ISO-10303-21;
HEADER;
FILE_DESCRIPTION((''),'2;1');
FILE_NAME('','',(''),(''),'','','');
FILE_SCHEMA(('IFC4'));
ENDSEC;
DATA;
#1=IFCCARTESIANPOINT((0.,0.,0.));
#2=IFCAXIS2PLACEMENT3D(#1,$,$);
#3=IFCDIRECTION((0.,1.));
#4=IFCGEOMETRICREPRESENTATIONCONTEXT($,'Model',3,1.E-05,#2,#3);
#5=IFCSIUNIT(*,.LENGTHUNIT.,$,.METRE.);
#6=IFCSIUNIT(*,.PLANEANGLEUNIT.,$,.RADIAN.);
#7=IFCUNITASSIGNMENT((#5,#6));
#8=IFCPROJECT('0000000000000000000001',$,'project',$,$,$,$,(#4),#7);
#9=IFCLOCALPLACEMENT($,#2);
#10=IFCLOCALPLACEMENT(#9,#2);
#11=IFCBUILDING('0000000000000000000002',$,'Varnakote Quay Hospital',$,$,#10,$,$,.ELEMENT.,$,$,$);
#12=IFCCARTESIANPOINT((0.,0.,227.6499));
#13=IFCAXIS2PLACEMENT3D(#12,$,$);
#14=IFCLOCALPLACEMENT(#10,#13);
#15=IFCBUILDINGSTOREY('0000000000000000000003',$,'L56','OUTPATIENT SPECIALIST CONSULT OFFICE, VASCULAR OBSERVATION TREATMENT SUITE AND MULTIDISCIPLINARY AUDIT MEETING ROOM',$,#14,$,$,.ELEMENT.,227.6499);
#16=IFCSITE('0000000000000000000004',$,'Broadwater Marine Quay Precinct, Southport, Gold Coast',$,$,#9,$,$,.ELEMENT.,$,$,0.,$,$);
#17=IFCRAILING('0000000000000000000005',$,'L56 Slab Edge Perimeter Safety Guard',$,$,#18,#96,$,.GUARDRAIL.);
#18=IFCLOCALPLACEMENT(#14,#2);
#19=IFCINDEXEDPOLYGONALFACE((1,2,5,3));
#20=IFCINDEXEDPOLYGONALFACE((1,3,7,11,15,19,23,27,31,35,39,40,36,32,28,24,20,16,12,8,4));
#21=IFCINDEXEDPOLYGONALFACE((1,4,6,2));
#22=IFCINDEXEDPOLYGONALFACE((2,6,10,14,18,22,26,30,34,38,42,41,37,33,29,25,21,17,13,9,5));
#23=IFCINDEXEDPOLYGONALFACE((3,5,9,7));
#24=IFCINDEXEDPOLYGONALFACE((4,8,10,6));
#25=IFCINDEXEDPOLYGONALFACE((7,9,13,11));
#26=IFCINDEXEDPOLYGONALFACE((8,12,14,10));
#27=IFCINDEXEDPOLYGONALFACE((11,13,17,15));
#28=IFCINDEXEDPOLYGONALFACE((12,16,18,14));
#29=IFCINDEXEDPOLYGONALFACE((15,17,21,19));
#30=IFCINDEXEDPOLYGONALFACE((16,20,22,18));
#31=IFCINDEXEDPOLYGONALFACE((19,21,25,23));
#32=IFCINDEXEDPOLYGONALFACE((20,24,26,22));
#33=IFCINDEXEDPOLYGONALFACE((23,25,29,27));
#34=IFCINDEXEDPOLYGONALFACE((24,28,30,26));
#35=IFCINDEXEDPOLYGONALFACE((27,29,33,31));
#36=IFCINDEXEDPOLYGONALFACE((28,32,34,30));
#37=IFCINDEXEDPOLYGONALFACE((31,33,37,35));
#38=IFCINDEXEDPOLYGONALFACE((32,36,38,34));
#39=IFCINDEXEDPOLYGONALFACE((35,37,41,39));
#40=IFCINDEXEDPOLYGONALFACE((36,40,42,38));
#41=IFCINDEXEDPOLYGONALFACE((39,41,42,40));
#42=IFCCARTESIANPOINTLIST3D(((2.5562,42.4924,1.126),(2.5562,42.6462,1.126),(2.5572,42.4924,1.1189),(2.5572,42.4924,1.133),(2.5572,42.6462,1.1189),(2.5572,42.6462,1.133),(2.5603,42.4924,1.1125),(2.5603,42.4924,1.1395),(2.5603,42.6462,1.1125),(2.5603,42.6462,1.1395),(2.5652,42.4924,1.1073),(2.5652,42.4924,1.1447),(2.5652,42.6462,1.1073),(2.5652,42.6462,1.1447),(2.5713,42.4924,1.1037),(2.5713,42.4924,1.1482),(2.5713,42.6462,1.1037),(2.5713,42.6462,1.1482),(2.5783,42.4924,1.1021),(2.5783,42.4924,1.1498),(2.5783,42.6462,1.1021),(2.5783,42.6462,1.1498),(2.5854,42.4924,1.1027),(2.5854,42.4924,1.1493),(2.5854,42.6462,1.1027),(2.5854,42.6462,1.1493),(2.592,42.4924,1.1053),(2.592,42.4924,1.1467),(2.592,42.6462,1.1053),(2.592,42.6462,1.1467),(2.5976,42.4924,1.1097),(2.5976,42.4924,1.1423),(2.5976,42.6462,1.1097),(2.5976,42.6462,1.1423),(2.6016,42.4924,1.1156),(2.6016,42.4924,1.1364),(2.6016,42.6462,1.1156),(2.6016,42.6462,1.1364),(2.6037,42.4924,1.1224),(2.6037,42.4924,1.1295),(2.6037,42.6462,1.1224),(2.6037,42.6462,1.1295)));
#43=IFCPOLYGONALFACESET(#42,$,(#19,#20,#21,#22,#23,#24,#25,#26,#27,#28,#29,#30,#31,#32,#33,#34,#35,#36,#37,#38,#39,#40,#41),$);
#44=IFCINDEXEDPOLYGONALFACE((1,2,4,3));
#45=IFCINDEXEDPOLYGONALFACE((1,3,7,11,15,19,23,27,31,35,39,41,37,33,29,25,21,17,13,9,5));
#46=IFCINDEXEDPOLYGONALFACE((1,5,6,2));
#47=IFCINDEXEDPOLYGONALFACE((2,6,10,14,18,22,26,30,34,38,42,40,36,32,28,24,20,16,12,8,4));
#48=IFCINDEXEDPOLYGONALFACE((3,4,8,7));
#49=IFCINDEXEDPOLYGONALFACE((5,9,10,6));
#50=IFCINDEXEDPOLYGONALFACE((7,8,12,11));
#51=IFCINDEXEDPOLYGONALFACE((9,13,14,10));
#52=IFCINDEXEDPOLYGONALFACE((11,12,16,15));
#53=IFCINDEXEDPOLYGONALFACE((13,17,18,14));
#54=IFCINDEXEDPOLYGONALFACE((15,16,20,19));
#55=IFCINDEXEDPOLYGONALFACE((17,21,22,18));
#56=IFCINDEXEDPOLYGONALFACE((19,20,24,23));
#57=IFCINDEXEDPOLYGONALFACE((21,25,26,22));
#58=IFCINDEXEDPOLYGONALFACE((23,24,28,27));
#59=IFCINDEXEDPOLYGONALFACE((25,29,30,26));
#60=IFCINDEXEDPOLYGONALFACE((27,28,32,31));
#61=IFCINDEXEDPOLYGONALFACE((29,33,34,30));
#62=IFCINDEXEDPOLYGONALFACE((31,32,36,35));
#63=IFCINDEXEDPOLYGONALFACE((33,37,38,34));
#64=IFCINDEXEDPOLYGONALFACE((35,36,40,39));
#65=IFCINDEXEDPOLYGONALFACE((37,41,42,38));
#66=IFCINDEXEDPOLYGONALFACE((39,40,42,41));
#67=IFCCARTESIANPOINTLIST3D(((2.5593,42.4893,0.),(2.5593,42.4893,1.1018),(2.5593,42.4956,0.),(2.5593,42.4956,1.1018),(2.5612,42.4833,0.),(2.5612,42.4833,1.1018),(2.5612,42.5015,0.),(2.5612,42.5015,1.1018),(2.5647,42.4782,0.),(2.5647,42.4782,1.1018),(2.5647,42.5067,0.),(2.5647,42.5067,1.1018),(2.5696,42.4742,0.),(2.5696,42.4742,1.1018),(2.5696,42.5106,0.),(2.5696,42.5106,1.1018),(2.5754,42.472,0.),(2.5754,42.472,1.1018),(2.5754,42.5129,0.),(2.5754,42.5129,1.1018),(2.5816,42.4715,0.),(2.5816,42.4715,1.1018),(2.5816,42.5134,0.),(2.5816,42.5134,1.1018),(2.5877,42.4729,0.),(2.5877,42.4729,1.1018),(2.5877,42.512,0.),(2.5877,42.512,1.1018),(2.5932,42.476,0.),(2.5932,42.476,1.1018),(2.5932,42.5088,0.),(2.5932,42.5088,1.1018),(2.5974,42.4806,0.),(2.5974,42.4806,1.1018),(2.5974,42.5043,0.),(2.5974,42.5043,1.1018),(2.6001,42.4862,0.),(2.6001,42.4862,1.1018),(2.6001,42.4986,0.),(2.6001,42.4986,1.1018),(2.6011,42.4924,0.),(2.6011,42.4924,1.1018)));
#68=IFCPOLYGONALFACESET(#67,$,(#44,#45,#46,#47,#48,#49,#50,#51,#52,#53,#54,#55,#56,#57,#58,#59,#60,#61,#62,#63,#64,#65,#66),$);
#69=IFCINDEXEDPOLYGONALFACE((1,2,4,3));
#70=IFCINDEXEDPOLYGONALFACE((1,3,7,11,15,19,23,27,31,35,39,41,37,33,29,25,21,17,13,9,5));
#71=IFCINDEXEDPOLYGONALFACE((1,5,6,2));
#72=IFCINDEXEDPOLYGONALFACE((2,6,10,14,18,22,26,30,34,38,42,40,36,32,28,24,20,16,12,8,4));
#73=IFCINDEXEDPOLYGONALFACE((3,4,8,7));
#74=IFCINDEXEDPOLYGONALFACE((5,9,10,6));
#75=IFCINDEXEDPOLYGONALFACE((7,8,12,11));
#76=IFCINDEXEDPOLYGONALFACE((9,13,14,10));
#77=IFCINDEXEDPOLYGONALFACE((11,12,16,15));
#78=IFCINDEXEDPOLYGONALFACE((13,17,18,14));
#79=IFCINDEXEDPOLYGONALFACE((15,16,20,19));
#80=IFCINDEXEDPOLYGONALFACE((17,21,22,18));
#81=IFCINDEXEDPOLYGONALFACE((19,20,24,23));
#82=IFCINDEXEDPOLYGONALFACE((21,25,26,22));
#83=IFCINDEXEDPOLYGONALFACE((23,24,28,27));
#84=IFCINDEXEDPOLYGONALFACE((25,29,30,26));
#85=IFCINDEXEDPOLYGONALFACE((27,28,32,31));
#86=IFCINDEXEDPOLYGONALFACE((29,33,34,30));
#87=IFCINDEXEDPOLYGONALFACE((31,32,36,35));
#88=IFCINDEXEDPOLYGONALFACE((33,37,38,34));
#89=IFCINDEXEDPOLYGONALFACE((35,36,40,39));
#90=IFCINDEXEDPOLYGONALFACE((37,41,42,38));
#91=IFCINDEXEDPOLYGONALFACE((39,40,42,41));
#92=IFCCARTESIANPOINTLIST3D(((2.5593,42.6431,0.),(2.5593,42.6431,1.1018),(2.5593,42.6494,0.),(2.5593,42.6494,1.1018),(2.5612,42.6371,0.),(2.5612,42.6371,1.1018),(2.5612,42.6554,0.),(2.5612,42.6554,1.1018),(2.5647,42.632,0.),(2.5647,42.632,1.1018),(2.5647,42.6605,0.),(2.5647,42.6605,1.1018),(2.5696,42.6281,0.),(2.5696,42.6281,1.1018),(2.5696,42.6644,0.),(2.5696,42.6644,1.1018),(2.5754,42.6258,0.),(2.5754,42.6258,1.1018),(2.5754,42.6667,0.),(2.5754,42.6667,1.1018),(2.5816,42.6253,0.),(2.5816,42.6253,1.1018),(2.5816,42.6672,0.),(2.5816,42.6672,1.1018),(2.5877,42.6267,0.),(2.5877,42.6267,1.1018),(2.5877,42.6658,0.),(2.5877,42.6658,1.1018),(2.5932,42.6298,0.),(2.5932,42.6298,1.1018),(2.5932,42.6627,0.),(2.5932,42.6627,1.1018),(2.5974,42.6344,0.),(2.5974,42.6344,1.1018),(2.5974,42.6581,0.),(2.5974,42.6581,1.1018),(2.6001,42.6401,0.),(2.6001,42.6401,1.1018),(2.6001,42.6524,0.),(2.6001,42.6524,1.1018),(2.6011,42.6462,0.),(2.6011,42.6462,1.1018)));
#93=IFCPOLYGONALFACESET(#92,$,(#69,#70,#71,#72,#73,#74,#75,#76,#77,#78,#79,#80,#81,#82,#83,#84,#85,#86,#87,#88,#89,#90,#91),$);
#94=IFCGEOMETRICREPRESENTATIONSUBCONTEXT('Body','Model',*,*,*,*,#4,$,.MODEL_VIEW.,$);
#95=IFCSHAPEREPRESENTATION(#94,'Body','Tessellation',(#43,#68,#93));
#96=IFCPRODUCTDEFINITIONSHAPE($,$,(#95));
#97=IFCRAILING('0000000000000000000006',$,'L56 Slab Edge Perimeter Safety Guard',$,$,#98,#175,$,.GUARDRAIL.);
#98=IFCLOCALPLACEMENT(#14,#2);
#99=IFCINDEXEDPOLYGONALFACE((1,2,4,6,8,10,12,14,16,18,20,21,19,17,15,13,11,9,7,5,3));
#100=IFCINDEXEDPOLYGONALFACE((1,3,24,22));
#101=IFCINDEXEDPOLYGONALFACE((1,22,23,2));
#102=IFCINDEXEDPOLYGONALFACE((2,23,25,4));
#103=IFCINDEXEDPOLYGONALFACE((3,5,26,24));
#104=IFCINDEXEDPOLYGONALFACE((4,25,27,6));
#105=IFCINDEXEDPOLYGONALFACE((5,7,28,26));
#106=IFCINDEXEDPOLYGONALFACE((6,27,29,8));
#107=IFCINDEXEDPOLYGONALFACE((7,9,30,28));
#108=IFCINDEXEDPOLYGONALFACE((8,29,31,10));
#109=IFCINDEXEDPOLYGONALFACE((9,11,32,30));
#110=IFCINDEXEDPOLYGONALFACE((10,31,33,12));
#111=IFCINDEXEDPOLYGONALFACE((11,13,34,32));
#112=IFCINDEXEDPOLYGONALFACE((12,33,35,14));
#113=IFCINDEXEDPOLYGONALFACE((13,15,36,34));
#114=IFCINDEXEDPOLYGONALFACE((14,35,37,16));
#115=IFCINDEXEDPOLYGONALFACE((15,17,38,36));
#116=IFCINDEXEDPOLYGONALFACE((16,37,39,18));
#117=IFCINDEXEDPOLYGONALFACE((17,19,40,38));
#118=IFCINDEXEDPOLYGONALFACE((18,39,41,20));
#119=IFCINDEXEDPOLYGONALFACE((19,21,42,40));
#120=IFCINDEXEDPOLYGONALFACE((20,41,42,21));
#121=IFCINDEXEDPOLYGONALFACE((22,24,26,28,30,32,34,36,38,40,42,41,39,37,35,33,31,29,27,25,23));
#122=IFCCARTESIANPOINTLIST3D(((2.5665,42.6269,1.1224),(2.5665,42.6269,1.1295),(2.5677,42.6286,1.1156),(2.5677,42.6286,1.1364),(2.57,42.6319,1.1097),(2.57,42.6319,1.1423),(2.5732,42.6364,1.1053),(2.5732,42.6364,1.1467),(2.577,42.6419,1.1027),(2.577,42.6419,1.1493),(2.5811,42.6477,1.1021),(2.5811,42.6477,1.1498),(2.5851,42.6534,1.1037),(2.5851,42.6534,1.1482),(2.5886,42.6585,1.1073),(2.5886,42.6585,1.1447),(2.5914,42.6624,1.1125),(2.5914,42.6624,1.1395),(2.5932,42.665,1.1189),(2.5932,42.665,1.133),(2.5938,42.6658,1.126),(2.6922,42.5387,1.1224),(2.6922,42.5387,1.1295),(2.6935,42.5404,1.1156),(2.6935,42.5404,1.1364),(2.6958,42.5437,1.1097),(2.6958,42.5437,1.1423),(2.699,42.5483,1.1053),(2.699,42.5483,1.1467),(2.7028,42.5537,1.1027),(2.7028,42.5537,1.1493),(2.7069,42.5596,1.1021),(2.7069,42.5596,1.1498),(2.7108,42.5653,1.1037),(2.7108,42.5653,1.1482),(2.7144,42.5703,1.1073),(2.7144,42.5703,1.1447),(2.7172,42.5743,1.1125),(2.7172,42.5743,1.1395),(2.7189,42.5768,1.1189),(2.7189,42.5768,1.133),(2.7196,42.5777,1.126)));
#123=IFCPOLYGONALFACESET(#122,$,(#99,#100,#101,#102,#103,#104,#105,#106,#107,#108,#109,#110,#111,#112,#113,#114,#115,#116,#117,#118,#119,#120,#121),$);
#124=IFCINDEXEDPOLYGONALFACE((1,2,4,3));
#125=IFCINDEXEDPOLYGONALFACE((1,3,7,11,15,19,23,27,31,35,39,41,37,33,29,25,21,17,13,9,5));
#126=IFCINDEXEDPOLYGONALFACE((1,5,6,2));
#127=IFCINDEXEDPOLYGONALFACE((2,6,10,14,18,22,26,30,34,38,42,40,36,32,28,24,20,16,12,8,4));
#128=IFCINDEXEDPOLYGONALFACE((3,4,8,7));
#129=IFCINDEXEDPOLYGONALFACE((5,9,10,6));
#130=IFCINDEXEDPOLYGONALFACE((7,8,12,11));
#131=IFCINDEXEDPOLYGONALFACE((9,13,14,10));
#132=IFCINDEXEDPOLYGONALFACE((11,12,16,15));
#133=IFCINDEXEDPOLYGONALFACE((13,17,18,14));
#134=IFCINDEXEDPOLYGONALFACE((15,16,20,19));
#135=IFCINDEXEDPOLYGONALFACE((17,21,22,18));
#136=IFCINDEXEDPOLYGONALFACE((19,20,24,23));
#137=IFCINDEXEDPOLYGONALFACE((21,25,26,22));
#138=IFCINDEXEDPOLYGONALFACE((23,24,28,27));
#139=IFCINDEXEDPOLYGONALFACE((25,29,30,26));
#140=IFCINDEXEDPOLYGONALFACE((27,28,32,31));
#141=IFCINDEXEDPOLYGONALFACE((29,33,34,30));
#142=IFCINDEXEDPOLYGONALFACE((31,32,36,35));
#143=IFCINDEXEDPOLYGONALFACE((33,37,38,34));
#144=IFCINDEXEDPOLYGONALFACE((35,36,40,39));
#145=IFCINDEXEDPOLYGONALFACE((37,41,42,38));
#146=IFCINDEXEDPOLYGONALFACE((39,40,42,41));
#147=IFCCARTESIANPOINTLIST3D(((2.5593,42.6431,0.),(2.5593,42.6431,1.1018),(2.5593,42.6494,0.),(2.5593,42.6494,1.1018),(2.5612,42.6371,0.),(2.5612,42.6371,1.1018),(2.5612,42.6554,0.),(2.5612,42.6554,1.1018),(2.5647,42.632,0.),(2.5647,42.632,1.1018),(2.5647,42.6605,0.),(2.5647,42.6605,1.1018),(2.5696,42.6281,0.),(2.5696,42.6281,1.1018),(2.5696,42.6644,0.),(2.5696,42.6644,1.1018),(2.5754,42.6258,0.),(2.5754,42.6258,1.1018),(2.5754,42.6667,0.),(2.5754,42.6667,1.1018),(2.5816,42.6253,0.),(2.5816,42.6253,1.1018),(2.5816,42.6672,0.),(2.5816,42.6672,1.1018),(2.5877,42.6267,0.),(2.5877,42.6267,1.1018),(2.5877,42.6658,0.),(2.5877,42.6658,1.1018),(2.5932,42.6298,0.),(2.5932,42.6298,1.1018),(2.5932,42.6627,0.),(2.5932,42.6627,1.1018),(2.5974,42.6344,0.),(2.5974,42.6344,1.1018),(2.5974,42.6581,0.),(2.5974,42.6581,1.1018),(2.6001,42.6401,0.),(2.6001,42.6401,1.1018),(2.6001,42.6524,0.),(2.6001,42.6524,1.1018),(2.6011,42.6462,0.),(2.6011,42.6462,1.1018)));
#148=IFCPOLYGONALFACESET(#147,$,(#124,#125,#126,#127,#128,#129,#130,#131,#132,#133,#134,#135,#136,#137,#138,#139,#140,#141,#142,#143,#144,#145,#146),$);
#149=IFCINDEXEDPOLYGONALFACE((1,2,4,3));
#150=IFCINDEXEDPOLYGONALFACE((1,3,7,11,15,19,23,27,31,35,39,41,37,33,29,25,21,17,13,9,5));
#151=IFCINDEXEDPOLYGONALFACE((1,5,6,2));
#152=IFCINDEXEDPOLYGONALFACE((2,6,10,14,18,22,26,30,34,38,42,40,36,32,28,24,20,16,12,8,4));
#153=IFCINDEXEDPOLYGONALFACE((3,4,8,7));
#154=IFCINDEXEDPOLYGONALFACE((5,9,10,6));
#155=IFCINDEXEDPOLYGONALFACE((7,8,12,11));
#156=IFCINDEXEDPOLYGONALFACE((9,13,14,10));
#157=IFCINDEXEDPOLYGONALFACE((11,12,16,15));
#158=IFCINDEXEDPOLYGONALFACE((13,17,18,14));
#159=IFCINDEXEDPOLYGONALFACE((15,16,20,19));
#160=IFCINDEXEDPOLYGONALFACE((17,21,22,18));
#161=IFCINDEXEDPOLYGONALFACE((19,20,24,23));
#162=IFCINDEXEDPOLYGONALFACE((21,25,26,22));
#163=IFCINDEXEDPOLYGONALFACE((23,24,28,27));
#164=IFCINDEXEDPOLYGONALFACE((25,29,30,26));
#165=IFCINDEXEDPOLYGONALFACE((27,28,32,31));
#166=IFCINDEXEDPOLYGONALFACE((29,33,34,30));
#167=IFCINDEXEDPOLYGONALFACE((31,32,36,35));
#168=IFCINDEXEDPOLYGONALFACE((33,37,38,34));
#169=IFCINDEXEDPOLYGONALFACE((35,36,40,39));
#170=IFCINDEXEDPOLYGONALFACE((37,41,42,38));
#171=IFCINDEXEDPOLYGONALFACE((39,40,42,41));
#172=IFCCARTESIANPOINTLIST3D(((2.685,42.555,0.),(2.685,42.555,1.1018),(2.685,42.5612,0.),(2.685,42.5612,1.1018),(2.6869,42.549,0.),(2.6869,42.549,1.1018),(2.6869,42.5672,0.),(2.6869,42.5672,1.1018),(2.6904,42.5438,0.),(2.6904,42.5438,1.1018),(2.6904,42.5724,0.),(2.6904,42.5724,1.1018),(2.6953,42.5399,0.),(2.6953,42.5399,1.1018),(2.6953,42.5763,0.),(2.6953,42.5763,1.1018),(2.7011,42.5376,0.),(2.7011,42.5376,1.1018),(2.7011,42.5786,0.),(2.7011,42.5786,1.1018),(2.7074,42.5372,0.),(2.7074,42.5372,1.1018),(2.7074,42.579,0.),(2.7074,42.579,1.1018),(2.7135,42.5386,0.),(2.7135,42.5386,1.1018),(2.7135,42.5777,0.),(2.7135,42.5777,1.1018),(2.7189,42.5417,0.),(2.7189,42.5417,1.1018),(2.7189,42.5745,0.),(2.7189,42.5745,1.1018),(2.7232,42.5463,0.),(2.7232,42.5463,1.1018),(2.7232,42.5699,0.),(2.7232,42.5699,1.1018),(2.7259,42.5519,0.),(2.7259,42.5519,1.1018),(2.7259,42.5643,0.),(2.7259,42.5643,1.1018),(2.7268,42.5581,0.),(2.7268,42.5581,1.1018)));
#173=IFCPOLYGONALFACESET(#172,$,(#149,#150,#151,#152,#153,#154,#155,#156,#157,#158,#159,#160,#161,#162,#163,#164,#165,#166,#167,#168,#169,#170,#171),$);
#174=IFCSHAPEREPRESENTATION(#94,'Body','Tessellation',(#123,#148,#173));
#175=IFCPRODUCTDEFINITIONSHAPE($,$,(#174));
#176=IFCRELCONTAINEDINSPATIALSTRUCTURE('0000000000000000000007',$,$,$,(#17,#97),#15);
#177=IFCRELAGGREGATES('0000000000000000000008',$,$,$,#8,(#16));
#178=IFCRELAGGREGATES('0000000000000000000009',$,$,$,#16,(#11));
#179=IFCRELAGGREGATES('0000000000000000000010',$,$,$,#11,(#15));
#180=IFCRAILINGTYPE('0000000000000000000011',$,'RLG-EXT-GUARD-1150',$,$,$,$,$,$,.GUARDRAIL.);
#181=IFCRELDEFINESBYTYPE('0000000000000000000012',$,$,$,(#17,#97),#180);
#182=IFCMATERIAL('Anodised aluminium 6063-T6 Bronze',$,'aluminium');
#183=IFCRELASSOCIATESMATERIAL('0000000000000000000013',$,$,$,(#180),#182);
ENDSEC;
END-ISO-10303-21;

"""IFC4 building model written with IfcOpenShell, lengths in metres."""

from ifc_helpers import new_model, si_unit, direction, frame, origin, origin_2d, place, context, subcontext, project, spatial, circle, extrude, material, type_object, element, save


model = new_model("IFC4")

# Units and contexts
model_context = context("Model", 3, precision=1e-05, world=origin(), true_north=direction((0.0, 1.0)))
body_context = subcontext(model_context, "Body", "Model", "MODEL_VIEW")
ifc_project = project(units=[si_unit("LENGTHUNIT", "METRE"), si_unit("PLANEANGLEUNIT", "RADIAN")], contexts=[model_context])

# Site, building, storey
site_placement = place(None, origin())
site = spatial("IfcSite", under=ifc_project, at=site_placement, Name="Broadwater Marine Quay Precinct, Southport, Gold Coast", CompositionType="ELEMENT", RefElevation=0.0)
building_placement = place(site_placement, origin())
building = spatial("IfcBuilding", under=site, at=building_placement, Name="Varnakote Quay Hospital", CompositionType="ELEMENT")
storey_placement = place(building_placement, frame((0.0, 0.0, 227.6499)))
storey = spatial("IfcBuildingStorey", under=building, at=storey_placement, Name="L56", Description="OUTPATIENT SPECIALIST CONSULT OFFICE, VASCULAR OBSERVATION TREATMENT SUITE AND MULTIDISCIPLINARY AUDIT MEETING ROOM", CompositionType="ELEMENT", Elevation=227.6499)

# Railings
ifc_material_1 = material(Name="Anodised aluminium 6063-T6 Bronze", Category="aluminium")
railing_type = type_object("IfcRailingType", Name="RLG-EXT-GUARD-1150", PredefinedType="GUARDRAIL", material=ifc_material_1)
railing_1_placement = place(storey_placement, frame((2.5801, 42.4924, 0.0)))
element("IfcRailing", 1, at=railing_1_placement, inside=storey, type_object=railing_type, Name="L56 Slab Edge Perimeter Safety Guard", PredefinedType="GUARDRAIL", context=body_context, shape_type="SweptSolid", body=[
    extrude(circle(Radius=0.0239, at=origin_2d()), frame((0.0, 0.0, 1.126), z_axis=(0.0, 1.0, 0.0), x_axis=(-1.0, 0.0, 0.0)), (0.0, 0.0, 1.0), 0.1538),
    extrude(circle(Radius=0.021, at=origin_2d()), origin(), (0.0, 0.0, 1.0), 1.1018),
    extrude(circle(Radius=0.021, at=origin_2d()), frame((0.0, 0.1538, 0.0)), (0.0, 0.0, 1.0), 1.1018),
])
railing_2_placement = place(storey_placement, frame((2.5801, 42.6462, 0.0)))
element("IfcRailing", 2, at=railing_2_placement, inside=storey, type_object=railing_type, Name="L56 Slab Edge Perimeter Safety Guard", PredefinedType="GUARDRAIL", context=body_context, shape_type="SweptSolid", body=[
    extrude(circle(Radius=0.0239, at=origin_2d()), frame((0.0, 0.0, 1.126), z_axis=(0.818858, -0.573996, 0.0), x_axis=(0.573996, 0.818858, 0.0)), (0.0, 0.0, 1.0), 0.1536),
    extrude(circle(Radius=0.021, at=origin_2d()), origin(), (0.0, 0.0, 1.0), 1.1018),
    extrude(circle(Radius=0.021, at=origin_2d()), frame((0.1257, -0.0881, 0.0)), (0.0, 0.0, 1.0), 1.1018),
])

save(model, "model.ifc")
